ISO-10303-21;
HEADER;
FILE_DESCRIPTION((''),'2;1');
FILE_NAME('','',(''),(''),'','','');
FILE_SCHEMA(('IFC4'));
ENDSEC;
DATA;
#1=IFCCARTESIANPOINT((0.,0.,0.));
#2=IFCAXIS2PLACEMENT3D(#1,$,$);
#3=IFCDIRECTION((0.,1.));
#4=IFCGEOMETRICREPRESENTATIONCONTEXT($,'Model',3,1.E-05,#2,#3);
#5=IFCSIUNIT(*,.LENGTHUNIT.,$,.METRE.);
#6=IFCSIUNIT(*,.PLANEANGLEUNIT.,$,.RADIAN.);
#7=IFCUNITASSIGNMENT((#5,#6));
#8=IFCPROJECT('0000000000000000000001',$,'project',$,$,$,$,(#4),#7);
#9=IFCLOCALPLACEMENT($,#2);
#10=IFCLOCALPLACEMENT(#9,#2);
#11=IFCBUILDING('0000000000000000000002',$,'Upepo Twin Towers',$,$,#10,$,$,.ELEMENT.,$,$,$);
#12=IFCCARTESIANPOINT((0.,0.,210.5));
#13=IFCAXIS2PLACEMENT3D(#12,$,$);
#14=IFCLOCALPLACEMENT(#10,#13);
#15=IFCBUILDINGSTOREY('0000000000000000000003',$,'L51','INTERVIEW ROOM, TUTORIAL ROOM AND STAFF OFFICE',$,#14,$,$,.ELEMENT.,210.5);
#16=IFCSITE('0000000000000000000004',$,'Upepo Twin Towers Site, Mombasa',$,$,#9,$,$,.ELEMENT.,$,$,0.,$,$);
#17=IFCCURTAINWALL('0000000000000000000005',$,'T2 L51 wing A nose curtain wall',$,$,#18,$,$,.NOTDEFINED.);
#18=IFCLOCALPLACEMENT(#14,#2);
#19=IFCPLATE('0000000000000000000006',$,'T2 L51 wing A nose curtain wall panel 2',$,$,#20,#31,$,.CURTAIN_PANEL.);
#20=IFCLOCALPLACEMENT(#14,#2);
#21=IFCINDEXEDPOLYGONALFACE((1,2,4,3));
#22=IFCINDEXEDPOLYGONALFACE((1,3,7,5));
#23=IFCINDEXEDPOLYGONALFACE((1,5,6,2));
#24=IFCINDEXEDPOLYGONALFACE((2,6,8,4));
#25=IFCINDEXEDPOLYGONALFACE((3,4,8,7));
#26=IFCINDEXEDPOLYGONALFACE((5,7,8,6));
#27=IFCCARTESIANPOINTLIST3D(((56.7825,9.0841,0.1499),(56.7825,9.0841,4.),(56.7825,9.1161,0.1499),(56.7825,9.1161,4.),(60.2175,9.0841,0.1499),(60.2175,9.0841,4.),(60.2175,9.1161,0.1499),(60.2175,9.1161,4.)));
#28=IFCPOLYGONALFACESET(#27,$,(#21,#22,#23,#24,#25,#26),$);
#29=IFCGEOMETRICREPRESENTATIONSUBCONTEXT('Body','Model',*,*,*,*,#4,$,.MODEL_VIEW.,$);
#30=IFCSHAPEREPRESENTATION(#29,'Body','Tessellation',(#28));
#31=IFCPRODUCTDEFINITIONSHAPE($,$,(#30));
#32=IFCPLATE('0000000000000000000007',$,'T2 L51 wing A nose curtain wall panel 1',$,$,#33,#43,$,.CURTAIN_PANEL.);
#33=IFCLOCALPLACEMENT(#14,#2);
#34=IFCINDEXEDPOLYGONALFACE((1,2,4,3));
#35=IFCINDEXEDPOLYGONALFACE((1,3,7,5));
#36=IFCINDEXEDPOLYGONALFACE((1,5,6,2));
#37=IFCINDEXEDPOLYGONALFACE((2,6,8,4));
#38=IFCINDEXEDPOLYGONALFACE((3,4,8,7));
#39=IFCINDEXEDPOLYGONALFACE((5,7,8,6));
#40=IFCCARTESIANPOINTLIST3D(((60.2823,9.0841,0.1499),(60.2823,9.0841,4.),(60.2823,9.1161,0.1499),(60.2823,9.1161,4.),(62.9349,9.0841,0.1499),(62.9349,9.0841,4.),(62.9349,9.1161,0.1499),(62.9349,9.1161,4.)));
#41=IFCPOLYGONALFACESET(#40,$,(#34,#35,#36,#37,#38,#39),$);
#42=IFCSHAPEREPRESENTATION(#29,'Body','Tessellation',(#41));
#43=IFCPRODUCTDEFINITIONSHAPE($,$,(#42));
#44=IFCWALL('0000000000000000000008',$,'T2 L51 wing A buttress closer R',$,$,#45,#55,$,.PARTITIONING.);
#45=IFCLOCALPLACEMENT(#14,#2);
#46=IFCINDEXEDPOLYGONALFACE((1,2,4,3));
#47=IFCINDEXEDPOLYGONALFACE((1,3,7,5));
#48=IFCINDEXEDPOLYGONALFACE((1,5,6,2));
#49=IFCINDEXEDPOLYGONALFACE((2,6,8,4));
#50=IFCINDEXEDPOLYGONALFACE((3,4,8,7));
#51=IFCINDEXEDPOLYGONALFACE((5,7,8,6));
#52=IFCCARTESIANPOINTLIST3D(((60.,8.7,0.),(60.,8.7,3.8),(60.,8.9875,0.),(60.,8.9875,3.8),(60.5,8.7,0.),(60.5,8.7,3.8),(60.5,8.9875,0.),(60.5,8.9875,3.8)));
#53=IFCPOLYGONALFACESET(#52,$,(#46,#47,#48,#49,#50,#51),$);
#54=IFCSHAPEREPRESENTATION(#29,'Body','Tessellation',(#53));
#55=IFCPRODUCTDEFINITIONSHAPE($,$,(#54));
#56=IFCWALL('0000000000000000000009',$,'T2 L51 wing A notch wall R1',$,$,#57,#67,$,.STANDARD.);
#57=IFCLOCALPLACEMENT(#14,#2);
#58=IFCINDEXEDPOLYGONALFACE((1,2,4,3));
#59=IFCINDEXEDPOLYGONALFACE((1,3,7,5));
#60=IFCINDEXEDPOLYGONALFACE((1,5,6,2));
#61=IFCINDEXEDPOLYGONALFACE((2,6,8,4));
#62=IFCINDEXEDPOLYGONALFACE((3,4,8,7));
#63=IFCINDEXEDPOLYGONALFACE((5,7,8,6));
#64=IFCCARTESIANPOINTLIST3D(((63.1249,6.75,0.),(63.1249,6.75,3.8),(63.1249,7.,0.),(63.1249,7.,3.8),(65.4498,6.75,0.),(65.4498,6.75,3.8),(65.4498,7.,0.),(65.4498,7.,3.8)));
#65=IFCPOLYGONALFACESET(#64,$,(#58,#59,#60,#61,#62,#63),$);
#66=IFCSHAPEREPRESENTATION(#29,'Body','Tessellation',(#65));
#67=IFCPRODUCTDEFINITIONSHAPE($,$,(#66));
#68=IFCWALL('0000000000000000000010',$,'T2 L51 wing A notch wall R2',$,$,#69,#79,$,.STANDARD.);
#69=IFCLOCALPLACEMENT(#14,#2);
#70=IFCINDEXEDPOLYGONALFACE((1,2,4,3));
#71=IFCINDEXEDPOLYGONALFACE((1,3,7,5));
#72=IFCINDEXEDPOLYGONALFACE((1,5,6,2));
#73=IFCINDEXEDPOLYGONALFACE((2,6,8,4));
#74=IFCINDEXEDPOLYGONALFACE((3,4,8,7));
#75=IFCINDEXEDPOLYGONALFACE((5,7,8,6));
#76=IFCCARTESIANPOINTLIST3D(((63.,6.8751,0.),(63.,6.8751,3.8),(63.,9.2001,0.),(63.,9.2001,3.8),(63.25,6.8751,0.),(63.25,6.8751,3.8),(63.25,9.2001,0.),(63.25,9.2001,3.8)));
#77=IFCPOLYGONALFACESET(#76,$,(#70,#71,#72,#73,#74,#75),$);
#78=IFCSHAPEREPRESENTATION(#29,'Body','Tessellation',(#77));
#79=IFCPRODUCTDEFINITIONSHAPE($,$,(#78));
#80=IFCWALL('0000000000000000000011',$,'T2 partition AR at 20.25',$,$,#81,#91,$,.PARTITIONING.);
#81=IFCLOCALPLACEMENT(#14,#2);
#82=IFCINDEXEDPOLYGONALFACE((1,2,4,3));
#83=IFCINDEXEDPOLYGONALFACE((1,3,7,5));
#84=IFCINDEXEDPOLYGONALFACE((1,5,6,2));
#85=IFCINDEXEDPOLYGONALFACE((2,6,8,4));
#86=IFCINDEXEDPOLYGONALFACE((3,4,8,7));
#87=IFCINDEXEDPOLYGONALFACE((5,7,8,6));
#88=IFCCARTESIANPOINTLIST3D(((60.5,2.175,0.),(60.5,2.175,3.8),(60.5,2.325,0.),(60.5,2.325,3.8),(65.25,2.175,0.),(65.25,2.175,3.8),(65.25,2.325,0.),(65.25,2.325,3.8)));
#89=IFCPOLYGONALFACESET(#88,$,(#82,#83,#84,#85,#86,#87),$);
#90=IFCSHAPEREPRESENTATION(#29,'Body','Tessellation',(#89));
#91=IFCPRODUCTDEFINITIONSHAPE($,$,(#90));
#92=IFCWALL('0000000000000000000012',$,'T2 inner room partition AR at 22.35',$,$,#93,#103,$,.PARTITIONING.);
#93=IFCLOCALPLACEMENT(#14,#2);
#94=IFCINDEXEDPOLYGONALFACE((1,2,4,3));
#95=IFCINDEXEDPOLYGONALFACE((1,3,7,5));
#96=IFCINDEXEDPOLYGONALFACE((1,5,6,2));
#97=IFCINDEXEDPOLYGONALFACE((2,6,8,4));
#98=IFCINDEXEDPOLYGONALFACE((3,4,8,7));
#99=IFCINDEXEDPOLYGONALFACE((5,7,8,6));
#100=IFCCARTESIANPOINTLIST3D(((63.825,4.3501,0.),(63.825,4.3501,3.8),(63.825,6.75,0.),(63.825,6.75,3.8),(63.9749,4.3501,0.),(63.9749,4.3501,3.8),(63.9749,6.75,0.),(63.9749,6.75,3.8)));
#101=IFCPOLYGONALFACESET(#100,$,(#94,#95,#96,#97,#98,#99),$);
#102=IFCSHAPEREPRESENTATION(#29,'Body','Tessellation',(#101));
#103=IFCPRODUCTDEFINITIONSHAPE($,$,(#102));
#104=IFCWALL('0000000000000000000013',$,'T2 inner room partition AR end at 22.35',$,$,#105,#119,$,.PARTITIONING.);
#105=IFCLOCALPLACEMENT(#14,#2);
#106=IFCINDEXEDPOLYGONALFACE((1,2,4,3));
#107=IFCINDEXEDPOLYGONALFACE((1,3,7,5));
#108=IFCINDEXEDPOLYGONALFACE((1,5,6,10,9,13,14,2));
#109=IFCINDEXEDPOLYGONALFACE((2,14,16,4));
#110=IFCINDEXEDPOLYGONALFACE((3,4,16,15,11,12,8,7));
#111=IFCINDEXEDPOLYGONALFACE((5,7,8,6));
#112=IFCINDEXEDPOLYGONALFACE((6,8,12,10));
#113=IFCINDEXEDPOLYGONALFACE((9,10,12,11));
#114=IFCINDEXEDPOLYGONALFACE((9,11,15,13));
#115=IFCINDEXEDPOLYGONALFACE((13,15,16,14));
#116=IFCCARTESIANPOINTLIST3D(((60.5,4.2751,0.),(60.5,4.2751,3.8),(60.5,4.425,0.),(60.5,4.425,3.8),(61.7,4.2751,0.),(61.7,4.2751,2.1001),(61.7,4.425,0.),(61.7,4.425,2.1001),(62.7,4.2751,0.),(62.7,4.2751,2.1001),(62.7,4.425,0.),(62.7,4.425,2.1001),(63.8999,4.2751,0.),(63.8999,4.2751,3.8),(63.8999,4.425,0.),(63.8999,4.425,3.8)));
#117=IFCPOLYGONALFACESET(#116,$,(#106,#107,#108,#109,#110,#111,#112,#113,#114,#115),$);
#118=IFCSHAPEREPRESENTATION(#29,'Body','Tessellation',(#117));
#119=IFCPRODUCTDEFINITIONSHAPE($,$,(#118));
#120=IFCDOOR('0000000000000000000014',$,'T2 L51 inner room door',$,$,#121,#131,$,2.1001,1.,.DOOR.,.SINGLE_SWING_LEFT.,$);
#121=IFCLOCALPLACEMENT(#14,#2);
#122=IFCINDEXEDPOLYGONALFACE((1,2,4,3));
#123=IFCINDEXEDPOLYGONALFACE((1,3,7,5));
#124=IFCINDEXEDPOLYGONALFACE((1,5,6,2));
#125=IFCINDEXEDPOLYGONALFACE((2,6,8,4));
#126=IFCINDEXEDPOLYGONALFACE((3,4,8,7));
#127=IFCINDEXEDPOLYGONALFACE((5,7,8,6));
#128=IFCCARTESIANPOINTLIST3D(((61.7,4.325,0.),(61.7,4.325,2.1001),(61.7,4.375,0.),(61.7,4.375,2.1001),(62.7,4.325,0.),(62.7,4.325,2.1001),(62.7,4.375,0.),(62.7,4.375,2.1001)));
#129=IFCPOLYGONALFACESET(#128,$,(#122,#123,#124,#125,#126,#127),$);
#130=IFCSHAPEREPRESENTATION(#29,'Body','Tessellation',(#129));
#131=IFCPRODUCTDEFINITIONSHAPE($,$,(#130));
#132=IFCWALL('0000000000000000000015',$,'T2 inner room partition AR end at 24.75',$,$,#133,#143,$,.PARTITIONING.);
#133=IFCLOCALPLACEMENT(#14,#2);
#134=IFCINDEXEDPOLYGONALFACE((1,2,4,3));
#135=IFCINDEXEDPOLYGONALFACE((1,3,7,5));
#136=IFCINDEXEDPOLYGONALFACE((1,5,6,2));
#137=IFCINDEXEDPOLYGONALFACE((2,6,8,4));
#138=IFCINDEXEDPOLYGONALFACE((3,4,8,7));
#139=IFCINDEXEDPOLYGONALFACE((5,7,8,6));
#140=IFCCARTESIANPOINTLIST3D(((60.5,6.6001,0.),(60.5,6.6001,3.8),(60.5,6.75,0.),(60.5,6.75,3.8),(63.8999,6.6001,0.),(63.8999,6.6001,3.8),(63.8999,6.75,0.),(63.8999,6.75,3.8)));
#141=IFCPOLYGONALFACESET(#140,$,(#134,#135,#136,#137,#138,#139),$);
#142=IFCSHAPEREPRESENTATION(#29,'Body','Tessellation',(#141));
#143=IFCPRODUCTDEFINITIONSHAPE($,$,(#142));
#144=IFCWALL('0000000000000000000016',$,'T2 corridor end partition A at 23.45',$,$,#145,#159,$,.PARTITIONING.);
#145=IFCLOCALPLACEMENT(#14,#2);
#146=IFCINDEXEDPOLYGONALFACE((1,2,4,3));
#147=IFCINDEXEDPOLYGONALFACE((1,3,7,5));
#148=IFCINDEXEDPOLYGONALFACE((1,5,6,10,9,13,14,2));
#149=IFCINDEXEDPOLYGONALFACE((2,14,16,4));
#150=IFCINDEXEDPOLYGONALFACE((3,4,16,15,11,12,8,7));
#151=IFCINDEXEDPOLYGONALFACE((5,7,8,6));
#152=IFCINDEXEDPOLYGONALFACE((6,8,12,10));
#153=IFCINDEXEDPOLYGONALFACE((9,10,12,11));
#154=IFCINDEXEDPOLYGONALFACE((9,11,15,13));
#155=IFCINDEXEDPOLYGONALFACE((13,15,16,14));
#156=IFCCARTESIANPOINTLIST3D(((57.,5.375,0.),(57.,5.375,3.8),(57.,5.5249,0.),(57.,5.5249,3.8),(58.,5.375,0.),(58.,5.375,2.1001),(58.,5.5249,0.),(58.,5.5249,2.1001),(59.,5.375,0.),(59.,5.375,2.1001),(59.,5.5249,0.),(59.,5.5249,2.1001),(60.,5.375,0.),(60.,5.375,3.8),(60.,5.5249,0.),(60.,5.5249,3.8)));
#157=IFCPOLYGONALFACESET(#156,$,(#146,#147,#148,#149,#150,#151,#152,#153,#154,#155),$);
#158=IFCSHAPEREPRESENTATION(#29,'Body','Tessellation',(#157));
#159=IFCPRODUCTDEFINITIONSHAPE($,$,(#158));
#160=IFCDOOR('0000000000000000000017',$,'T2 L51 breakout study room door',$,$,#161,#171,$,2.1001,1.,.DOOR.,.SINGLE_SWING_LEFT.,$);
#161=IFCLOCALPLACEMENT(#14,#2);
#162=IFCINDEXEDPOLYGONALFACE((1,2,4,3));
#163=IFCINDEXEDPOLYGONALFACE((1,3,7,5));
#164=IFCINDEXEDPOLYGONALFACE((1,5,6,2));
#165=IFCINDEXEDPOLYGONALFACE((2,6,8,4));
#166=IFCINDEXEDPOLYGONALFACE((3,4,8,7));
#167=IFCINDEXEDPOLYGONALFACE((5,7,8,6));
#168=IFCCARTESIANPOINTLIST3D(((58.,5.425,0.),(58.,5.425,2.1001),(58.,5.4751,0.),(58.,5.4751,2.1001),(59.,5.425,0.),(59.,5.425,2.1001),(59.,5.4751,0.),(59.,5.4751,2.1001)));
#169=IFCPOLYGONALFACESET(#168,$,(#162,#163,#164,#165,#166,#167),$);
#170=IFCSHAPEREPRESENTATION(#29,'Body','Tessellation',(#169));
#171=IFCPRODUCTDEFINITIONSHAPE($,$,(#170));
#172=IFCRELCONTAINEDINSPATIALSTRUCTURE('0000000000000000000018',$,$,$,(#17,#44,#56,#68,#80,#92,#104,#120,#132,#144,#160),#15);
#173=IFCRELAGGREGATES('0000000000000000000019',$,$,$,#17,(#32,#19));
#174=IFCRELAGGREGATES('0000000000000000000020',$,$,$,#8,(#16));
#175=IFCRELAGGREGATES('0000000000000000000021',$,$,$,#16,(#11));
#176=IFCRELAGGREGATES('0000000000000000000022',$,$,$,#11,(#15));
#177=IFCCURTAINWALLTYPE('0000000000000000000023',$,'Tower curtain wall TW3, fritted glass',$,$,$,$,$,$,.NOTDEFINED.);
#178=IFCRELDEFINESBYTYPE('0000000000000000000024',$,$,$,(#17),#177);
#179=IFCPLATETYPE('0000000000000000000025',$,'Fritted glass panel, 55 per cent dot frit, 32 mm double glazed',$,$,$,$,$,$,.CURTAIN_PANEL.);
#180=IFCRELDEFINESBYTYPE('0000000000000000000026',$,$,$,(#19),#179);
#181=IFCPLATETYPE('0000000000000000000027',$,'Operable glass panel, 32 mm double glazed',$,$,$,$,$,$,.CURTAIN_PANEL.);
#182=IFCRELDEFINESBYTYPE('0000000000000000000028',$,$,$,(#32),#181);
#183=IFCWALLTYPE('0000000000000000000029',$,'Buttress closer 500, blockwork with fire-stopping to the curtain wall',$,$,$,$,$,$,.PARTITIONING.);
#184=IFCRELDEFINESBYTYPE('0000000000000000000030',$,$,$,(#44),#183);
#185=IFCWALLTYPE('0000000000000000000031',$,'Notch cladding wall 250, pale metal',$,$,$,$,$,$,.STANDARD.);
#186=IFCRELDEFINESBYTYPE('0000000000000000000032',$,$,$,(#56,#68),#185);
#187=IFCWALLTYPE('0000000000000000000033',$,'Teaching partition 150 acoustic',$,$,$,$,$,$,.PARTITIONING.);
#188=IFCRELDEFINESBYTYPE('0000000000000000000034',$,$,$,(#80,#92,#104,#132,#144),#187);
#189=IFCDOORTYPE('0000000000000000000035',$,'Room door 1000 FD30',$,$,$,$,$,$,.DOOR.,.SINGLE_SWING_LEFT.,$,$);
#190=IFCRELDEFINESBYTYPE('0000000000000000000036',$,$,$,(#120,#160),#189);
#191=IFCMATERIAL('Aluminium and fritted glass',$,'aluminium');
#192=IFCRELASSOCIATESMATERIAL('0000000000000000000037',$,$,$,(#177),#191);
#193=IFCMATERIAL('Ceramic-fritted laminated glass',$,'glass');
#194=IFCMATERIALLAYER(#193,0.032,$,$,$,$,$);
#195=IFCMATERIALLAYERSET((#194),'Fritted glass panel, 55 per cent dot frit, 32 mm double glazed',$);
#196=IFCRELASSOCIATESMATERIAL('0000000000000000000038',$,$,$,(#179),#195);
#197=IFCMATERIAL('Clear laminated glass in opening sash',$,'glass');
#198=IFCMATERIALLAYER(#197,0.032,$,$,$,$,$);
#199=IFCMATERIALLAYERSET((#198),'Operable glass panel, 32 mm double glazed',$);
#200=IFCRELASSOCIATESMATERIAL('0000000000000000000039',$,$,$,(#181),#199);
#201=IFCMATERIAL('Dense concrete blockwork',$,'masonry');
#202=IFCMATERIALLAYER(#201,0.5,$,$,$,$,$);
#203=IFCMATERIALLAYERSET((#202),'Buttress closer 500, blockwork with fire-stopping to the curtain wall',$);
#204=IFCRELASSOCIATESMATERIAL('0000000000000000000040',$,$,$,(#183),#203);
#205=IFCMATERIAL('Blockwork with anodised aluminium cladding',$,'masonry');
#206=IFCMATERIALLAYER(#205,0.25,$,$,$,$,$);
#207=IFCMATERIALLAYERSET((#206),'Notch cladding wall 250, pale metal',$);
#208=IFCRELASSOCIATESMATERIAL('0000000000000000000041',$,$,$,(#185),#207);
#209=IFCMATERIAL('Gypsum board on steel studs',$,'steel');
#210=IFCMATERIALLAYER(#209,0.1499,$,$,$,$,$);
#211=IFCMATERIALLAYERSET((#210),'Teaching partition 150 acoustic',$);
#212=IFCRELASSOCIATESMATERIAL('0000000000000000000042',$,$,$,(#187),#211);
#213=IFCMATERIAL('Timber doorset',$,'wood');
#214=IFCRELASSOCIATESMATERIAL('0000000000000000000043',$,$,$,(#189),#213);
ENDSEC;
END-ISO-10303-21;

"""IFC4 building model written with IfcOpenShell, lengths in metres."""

from ifc_helpers import new_model, si_unit, direction, frame, frame_2d, origin, origin_2d, place, context, subcontext, project, spatial, rectangle, extrude, material, layer, layer_set, type_object, element, fill, aggregate, save


model = new_model("IFC4")

# Units and contexts
model_context = context("Model", 3, precision=1e-05, world=origin(), true_north=direction((0.0, 1.0)))
body_context = subcontext(model_context, "Body", "Model", "MODEL_VIEW")
ifc_project = project(units=[si_unit("LENGTHUNIT", "METRE"), si_unit("PLANEANGLEUNIT", "RADIAN")], contexts=[model_context])

# Site, building, storey
site_placement = place(None, origin())
site = spatial("IfcSite", under=ifc_project, at=site_placement, Name="Upepo Twin Towers Site, Mombasa", CompositionType="ELEMENT", RefElevation=0.0)
building_placement = place(site_placement, origin())
building = spatial("IfcBuilding", under=site, at=building_placement, Name="Upepo Twin Towers", CompositionType="ELEMENT")
storey_placement = place(building_placement, frame((0.0, 0.0, 210.5)))
storey = spatial("IfcBuildingStorey", under=building, at=storey_placement, Name="L51", Description="INTERVIEW ROOM, TUTORIAL ROOM AND STAFF OFFICE", CompositionType="ELEMENT", Elevation=210.5)

# Curtain wall
ifc_material_1 = material(Name="Aluminium and fritted glass", Category="aluminium")
curtain_wall_type = type_object("IfcCurtainWallType", Name="Tower curtain wall TW3, fritted glass", PredefinedType="NOTDEFINED", material=ifc_material_1)
curtain_wall_1_placement = place(storey_placement, origin())
curtain_wall_1 = element("IfcCurtainWall", 1, at=curtain_wall_1_placement, inside=storey, type_object=curtain_wall_type, Name="T2 L51 wing A nose curtain wall", PredefinedType="NOTDEFINED")

# Plates
ifc_material_2 = material(Name="Ceramic-fritted laminated glass", Category="glass")
ifc_layer_1 = layer(ifc_material_2, 0.032)
ifc_layer_set_1 = layer_set([ifc_layer_1], Name="Fritted glass panel, 55 per cent dot frit, 32 mm double glazed")
plate_type_1 = type_object("IfcPlateType", Name="Fritted glass panel, 55 per cent dot frit, 32 mm double glazed", PredefinedType="CURTAIN_PANEL", material=ifc_layer_set_1)
plate_1_placement = place(storey_placement, frame((58.5, 9.1001, 0.1499), z_axis=(0.0, 0.0, 1.0), x_axis=(-1.0, 0.0, 0.0)))
plate_1 = element("IfcPlate", 2, at=plate_1_placement, type_object=plate_type_1, Name="T2 L51 wing A nose curtain wall panel 2", PredefinedType="CURTAIN_PANEL", context=body_context, shape_type="SweptSolid", body=[
    extrude(rectangle(XDim=3.4351, YDim=0.032, at=origin_2d()), origin(), (0.0, 0.0, 1.0), 3.8501),
])
ifc_material_3 = material(Name="Clear laminated glass in opening sash", Category="glass")
ifc_layer_2 = layer(ifc_material_3, 0.032)
ifc_layer_set_2 = layer_set([ifc_layer_2], Name="Operable glass panel, 32 mm double glazed")
plate_type_2 = type_object("IfcPlateType", Name="Operable glass panel, 32 mm double glazed", PredefinedType="CURTAIN_PANEL", material=ifc_layer_set_2)
plate_2_placement = place(storey_placement, frame((61.6086, 9.1001, 0.1499), z_axis=(0.0, 0.0, 1.0), x_axis=(-1.0, 0.0, 0.0)))
plate_2 = element("IfcPlate", 3, at=plate_2_placement, type_object=plate_type_2, Name="T2 L51 wing A nose curtain wall panel 1", PredefinedType="CURTAIN_PANEL", context=body_context, shape_type="SweptSolid", body=[
    extrude(rectangle(XDim=2.6526, YDim=0.032, at=origin_2d()), origin(), (0.0, 0.0, 1.0), 3.8501),
])
aggregate(curtain_wall_1, [plate_2, plate_1])

# Walls
ifc_material_4 = material(Name="Dense concrete blockwork", Category="masonry")
ifc_layer_3 = layer(ifc_material_4, 0.5)
ifc_layer_set_3 = layer_set([ifc_layer_3], Name="Buttress closer 500, blockwork with fire-stopping to the curtain wall")
wall_type_1 = type_object("IfcWallType", Name="Buttress closer 500, blockwork with fire-stopping to the curtain wall", PredefinedType="PARTITIONING", material=ifc_layer_set_3)
wall_1_placement = place(storey_placement, frame((60.25, 8.7, 0.0), z_axis=(0.0, 0.0, 1.0), x_axis=(0.0, 1.0, 0.0)))
element("IfcWall", 4, at=wall_1_placement, inside=storey, type_object=wall_type_1, Name="T2 L51 wing A buttress closer R", PredefinedType="PARTITIONING", context=body_context, shape_type="SweptSolid", body=[
    extrude(rectangle(XDim=0.2876, YDim=0.5, at=frame_2d((0.1438, 0.0))), origin(), (0.0, 0.0, 1.0), 3.8),
])
ifc_material_5 = material(Name="Blockwork with anodised aluminium cladding", Category="masonry")
ifc_layer_4 = layer(ifc_material_5, 0.25)
ifc_layer_set_4 = layer_set([ifc_layer_4], Name="Notch cladding wall 250, pale metal")
wall_type_2 = type_object("IfcWallType", Name="Notch cladding wall 250, pale metal", PredefinedType="STANDARD", material=ifc_layer_set_4)
for number, where, z_axis, x_axis, name in (
    (5, (65.45, 6.875, 0.0), (0.0, 0.0, 1.0), (-1.0, 0.0, 0.0), "T2 L51 wing A notch wall R1"),
    (6, (63.125, 6.875, 0.0), (0.0, 0.0, 1.0), (0.0, 1.0, 0.0), "T2 L51 wing A notch wall R2"),
):
    element("IfcWall", number, at=place(storey_placement, frame(where, z_axis=z_axis, x_axis=x_axis)), inside=storey, type_object=wall_type_2, Name=name, PredefinedType="STANDARD", context=body_context, shape_type="SweptSolid", body=[
        extrude(rectangle(XDim=2.325, YDim=0.25, at=frame_2d((1.1626, 0.0))), origin(), (0.0, 0.0, 1.0), 3.8),
    ])
ifc_material_6 = material(Name="Gypsum board on steel studs", Category="steel")
ifc_layer_5 = layer(ifc_material_6, 0.1499)
ifc_layer_set_5 = layer_set([ifc_layer_5], Name="Teaching partition 150 acoustic")
wall_type_3 = type_object("IfcWallType", Name="Teaching partition 150 acoustic", PredefinedType="PARTITIONING", material=ifc_layer_set_5)
wall_2_placement = place(storey_placement, frame((60.5, 2.25, 0.0), z_axis=(0.0, 0.0, 1.0), x_axis=(1.0, 0.0, 0.0)))
element("IfcWall", 7, at=wall_2_placement, inside=storey, type_object=wall_type_3, Name="T2 partition AR at 20.25", PredefinedType="PARTITIONING", context=body_context, shape_type="SweptSolid", body=[
    extrude(rectangle(XDim=4.75, YDim=0.1499, at=frame_2d((2.375, 0.0))), origin(), (0.0, 0.0, 1.0), 3.8),
])
wall_3_placement = place(storey_placement, frame((63.8999, 4.3501, 0.0), z_axis=(0.0, 0.0, 1.0), x_axis=(0.0, 1.0, 0.0)))
element("IfcWall", 8, at=wall_3_placement, inside=storey, type_object=wall_type_3, Name="T2 inner room partition AR at 22.35", PredefinedType="PARTITIONING", context=body_context, shape_type="SweptSolid", body=[
    extrude(rectangle(XDim=2.3999, YDim=0.1499, at=frame_2d((1.2, 0.0))), origin(), (0.0, 0.0, 1.0), 3.8),
])

# Wall, opening, door
wall_4_placement = place(storey_placement, frame((60.5, 4.3501, 0.0), z_axis=(0.0, 0.0, 1.0), x_axis=(1.0, 0.0, 0.0)))
wall_4 = element("IfcWall", 9, at=wall_4_placement, inside=storey, type_object=wall_type_3, Name="T2 inner room partition AR end at 22.35", PredefinedType="PARTITIONING", context=body_context, shape_type="SweptSolid", body=[
    extrude(rectangle(XDim=3.3999, YDim=0.1499, at=frame_2d((1.7, 0.0))), origin(), (0.0, 0.0, 1.0), 3.8),
])
opening_1_placement = place(wall_4_placement, frame((1.2, 0.0, 0.0)))
opening_1 = element("IfcOpeningElement", 10, at=opening_1_placement, cuts=wall_4, PredefinedType="OPENING", context=body_context, shape_type="SweptSolid", body=[
    extrude(rectangle(XDim=1.0, YDim=2.1001, at=frame_2d((0.5, 1.05))), frame((0.0, 0.085, 0.0), z_axis=(0.0, -1.0, 0.0), x_axis=(1.0, 0.0, 0.0)), (0.0, 0.0, 1.0), 0.1699),
])
ifc_material_7 = material(Name="Timber doorset", Category="wood")
door_type = type_object("IfcDoorType", Name="Room door 1000 FD30", OperationType="SINGLE_SWING_LEFT", PredefinedType="DOOR", material=ifc_material_7)
door_1_placement = place(opening_1_placement, origin())
door_1 = element("IfcDoor", 11, at=door_1_placement, inside=storey, type_object=door_type, Name="T2 L51 inner room door", OperationType="SINGLE_SWING_LEFT", OverallHeight=2.1001, OverallWidth=1.0, PredefinedType="DOOR", context=body_context, shape_type="SweptSolid", body=[
    extrude(rectangle(XDim=1.0, YDim=2.1001, at=frame_2d((0.5, 1.05))), frame((0.0, 0.0249, 0.0), z_axis=(0.0, -1.0, 0.0), x_axis=(1.0, 0.0, 0.0)), (0.0, 0.0, 1.0), 0.05),
])
fill(opening_1, door_1)

# Wall
wall_5_placement = place(storey_placement, frame((60.5, 6.675, 0.0), z_axis=(0.0, 0.0, 1.0), x_axis=(1.0, 0.0, 0.0)))
element("IfcWall", 12, at=wall_5_placement, inside=storey, type_object=wall_type_3, Name="T2 inner room partition AR end at 24.75", PredefinedType="PARTITIONING", context=body_context, shape_type="SweptSolid", body=[
    extrude(rectangle(XDim=3.3999, YDim=0.1499, at=frame_2d((1.7, 0.0))), origin(), (0.0, 0.0, 1.0), 3.8),
])

# Wall, opening, door
wall_6_placement = place(storey_placement, frame((60.0, 5.45, 0.0), z_axis=(0.0, 0.0, 1.0), x_axis=(-1.0, 0.0, 0.0)))
wall_6 = element("IfcWall", 13, at=wall_6_placement, inside=storey, type_object=wall_type_3, Name="T2 corridor end partition A at 23.45", PredefinedType="PARTITIONING", context=body_context, shape_type="SweptSolid", body=[
    extrude(rectangle(XDim=3.0, YDim=0.1499, at=frame_2d((1.5, 0.0))), origin(), (0.0, 0.0, 1.0), 3.8),
])
opening_2_placement = place(wall_6_placement, frame((1.0, 0.0, 0.0)))
opening_2 = element("IfcOpeningElement", 14, at=opening_2_placement, cuts=wall_6, PredefinedType="OPENING", context=body_context, shape_type="SweptSolid", body=[
    extrude(rectangle(XDim=1.0, YDim=2.1001, at=frame_2d((0.5, 1.05))), frame((0.0, 0.085, 0.0), z_axis=(0.0, -1.0, 0.0), x_axis=(1.0, 0.0, 0.0)), (0.0, 0.0, 1.0), 0.1699),
])
door_2_placement = place(opening_2_placement, origin())
door_2 = element("IfcDoor", 15, at=door_2_placement, inside=storey, type_object=door_type, Name="T2 L51 breakout study room door", OperationType="SINGLE_SWING_LEFT", OverallHeight=2.1001, OverallWidth=1.0, PredefinedType="DOOR", context=body_context, shape_type="SweptSolid", body=[
    extrude(rectangle(XDim=1.0, YDim=2.1001, at=frame_2d((0.5, 1.05))), frame((0.0, 0.0249, 0.0), z_axis=(0.0, -1.0, 0.0), x_axis=(1.0, 0.0, 0.0)), (0.0, 0.0, 1.0), 0.05),
])
fill(opening_2, door_2)

save(model, "model.ifc")
